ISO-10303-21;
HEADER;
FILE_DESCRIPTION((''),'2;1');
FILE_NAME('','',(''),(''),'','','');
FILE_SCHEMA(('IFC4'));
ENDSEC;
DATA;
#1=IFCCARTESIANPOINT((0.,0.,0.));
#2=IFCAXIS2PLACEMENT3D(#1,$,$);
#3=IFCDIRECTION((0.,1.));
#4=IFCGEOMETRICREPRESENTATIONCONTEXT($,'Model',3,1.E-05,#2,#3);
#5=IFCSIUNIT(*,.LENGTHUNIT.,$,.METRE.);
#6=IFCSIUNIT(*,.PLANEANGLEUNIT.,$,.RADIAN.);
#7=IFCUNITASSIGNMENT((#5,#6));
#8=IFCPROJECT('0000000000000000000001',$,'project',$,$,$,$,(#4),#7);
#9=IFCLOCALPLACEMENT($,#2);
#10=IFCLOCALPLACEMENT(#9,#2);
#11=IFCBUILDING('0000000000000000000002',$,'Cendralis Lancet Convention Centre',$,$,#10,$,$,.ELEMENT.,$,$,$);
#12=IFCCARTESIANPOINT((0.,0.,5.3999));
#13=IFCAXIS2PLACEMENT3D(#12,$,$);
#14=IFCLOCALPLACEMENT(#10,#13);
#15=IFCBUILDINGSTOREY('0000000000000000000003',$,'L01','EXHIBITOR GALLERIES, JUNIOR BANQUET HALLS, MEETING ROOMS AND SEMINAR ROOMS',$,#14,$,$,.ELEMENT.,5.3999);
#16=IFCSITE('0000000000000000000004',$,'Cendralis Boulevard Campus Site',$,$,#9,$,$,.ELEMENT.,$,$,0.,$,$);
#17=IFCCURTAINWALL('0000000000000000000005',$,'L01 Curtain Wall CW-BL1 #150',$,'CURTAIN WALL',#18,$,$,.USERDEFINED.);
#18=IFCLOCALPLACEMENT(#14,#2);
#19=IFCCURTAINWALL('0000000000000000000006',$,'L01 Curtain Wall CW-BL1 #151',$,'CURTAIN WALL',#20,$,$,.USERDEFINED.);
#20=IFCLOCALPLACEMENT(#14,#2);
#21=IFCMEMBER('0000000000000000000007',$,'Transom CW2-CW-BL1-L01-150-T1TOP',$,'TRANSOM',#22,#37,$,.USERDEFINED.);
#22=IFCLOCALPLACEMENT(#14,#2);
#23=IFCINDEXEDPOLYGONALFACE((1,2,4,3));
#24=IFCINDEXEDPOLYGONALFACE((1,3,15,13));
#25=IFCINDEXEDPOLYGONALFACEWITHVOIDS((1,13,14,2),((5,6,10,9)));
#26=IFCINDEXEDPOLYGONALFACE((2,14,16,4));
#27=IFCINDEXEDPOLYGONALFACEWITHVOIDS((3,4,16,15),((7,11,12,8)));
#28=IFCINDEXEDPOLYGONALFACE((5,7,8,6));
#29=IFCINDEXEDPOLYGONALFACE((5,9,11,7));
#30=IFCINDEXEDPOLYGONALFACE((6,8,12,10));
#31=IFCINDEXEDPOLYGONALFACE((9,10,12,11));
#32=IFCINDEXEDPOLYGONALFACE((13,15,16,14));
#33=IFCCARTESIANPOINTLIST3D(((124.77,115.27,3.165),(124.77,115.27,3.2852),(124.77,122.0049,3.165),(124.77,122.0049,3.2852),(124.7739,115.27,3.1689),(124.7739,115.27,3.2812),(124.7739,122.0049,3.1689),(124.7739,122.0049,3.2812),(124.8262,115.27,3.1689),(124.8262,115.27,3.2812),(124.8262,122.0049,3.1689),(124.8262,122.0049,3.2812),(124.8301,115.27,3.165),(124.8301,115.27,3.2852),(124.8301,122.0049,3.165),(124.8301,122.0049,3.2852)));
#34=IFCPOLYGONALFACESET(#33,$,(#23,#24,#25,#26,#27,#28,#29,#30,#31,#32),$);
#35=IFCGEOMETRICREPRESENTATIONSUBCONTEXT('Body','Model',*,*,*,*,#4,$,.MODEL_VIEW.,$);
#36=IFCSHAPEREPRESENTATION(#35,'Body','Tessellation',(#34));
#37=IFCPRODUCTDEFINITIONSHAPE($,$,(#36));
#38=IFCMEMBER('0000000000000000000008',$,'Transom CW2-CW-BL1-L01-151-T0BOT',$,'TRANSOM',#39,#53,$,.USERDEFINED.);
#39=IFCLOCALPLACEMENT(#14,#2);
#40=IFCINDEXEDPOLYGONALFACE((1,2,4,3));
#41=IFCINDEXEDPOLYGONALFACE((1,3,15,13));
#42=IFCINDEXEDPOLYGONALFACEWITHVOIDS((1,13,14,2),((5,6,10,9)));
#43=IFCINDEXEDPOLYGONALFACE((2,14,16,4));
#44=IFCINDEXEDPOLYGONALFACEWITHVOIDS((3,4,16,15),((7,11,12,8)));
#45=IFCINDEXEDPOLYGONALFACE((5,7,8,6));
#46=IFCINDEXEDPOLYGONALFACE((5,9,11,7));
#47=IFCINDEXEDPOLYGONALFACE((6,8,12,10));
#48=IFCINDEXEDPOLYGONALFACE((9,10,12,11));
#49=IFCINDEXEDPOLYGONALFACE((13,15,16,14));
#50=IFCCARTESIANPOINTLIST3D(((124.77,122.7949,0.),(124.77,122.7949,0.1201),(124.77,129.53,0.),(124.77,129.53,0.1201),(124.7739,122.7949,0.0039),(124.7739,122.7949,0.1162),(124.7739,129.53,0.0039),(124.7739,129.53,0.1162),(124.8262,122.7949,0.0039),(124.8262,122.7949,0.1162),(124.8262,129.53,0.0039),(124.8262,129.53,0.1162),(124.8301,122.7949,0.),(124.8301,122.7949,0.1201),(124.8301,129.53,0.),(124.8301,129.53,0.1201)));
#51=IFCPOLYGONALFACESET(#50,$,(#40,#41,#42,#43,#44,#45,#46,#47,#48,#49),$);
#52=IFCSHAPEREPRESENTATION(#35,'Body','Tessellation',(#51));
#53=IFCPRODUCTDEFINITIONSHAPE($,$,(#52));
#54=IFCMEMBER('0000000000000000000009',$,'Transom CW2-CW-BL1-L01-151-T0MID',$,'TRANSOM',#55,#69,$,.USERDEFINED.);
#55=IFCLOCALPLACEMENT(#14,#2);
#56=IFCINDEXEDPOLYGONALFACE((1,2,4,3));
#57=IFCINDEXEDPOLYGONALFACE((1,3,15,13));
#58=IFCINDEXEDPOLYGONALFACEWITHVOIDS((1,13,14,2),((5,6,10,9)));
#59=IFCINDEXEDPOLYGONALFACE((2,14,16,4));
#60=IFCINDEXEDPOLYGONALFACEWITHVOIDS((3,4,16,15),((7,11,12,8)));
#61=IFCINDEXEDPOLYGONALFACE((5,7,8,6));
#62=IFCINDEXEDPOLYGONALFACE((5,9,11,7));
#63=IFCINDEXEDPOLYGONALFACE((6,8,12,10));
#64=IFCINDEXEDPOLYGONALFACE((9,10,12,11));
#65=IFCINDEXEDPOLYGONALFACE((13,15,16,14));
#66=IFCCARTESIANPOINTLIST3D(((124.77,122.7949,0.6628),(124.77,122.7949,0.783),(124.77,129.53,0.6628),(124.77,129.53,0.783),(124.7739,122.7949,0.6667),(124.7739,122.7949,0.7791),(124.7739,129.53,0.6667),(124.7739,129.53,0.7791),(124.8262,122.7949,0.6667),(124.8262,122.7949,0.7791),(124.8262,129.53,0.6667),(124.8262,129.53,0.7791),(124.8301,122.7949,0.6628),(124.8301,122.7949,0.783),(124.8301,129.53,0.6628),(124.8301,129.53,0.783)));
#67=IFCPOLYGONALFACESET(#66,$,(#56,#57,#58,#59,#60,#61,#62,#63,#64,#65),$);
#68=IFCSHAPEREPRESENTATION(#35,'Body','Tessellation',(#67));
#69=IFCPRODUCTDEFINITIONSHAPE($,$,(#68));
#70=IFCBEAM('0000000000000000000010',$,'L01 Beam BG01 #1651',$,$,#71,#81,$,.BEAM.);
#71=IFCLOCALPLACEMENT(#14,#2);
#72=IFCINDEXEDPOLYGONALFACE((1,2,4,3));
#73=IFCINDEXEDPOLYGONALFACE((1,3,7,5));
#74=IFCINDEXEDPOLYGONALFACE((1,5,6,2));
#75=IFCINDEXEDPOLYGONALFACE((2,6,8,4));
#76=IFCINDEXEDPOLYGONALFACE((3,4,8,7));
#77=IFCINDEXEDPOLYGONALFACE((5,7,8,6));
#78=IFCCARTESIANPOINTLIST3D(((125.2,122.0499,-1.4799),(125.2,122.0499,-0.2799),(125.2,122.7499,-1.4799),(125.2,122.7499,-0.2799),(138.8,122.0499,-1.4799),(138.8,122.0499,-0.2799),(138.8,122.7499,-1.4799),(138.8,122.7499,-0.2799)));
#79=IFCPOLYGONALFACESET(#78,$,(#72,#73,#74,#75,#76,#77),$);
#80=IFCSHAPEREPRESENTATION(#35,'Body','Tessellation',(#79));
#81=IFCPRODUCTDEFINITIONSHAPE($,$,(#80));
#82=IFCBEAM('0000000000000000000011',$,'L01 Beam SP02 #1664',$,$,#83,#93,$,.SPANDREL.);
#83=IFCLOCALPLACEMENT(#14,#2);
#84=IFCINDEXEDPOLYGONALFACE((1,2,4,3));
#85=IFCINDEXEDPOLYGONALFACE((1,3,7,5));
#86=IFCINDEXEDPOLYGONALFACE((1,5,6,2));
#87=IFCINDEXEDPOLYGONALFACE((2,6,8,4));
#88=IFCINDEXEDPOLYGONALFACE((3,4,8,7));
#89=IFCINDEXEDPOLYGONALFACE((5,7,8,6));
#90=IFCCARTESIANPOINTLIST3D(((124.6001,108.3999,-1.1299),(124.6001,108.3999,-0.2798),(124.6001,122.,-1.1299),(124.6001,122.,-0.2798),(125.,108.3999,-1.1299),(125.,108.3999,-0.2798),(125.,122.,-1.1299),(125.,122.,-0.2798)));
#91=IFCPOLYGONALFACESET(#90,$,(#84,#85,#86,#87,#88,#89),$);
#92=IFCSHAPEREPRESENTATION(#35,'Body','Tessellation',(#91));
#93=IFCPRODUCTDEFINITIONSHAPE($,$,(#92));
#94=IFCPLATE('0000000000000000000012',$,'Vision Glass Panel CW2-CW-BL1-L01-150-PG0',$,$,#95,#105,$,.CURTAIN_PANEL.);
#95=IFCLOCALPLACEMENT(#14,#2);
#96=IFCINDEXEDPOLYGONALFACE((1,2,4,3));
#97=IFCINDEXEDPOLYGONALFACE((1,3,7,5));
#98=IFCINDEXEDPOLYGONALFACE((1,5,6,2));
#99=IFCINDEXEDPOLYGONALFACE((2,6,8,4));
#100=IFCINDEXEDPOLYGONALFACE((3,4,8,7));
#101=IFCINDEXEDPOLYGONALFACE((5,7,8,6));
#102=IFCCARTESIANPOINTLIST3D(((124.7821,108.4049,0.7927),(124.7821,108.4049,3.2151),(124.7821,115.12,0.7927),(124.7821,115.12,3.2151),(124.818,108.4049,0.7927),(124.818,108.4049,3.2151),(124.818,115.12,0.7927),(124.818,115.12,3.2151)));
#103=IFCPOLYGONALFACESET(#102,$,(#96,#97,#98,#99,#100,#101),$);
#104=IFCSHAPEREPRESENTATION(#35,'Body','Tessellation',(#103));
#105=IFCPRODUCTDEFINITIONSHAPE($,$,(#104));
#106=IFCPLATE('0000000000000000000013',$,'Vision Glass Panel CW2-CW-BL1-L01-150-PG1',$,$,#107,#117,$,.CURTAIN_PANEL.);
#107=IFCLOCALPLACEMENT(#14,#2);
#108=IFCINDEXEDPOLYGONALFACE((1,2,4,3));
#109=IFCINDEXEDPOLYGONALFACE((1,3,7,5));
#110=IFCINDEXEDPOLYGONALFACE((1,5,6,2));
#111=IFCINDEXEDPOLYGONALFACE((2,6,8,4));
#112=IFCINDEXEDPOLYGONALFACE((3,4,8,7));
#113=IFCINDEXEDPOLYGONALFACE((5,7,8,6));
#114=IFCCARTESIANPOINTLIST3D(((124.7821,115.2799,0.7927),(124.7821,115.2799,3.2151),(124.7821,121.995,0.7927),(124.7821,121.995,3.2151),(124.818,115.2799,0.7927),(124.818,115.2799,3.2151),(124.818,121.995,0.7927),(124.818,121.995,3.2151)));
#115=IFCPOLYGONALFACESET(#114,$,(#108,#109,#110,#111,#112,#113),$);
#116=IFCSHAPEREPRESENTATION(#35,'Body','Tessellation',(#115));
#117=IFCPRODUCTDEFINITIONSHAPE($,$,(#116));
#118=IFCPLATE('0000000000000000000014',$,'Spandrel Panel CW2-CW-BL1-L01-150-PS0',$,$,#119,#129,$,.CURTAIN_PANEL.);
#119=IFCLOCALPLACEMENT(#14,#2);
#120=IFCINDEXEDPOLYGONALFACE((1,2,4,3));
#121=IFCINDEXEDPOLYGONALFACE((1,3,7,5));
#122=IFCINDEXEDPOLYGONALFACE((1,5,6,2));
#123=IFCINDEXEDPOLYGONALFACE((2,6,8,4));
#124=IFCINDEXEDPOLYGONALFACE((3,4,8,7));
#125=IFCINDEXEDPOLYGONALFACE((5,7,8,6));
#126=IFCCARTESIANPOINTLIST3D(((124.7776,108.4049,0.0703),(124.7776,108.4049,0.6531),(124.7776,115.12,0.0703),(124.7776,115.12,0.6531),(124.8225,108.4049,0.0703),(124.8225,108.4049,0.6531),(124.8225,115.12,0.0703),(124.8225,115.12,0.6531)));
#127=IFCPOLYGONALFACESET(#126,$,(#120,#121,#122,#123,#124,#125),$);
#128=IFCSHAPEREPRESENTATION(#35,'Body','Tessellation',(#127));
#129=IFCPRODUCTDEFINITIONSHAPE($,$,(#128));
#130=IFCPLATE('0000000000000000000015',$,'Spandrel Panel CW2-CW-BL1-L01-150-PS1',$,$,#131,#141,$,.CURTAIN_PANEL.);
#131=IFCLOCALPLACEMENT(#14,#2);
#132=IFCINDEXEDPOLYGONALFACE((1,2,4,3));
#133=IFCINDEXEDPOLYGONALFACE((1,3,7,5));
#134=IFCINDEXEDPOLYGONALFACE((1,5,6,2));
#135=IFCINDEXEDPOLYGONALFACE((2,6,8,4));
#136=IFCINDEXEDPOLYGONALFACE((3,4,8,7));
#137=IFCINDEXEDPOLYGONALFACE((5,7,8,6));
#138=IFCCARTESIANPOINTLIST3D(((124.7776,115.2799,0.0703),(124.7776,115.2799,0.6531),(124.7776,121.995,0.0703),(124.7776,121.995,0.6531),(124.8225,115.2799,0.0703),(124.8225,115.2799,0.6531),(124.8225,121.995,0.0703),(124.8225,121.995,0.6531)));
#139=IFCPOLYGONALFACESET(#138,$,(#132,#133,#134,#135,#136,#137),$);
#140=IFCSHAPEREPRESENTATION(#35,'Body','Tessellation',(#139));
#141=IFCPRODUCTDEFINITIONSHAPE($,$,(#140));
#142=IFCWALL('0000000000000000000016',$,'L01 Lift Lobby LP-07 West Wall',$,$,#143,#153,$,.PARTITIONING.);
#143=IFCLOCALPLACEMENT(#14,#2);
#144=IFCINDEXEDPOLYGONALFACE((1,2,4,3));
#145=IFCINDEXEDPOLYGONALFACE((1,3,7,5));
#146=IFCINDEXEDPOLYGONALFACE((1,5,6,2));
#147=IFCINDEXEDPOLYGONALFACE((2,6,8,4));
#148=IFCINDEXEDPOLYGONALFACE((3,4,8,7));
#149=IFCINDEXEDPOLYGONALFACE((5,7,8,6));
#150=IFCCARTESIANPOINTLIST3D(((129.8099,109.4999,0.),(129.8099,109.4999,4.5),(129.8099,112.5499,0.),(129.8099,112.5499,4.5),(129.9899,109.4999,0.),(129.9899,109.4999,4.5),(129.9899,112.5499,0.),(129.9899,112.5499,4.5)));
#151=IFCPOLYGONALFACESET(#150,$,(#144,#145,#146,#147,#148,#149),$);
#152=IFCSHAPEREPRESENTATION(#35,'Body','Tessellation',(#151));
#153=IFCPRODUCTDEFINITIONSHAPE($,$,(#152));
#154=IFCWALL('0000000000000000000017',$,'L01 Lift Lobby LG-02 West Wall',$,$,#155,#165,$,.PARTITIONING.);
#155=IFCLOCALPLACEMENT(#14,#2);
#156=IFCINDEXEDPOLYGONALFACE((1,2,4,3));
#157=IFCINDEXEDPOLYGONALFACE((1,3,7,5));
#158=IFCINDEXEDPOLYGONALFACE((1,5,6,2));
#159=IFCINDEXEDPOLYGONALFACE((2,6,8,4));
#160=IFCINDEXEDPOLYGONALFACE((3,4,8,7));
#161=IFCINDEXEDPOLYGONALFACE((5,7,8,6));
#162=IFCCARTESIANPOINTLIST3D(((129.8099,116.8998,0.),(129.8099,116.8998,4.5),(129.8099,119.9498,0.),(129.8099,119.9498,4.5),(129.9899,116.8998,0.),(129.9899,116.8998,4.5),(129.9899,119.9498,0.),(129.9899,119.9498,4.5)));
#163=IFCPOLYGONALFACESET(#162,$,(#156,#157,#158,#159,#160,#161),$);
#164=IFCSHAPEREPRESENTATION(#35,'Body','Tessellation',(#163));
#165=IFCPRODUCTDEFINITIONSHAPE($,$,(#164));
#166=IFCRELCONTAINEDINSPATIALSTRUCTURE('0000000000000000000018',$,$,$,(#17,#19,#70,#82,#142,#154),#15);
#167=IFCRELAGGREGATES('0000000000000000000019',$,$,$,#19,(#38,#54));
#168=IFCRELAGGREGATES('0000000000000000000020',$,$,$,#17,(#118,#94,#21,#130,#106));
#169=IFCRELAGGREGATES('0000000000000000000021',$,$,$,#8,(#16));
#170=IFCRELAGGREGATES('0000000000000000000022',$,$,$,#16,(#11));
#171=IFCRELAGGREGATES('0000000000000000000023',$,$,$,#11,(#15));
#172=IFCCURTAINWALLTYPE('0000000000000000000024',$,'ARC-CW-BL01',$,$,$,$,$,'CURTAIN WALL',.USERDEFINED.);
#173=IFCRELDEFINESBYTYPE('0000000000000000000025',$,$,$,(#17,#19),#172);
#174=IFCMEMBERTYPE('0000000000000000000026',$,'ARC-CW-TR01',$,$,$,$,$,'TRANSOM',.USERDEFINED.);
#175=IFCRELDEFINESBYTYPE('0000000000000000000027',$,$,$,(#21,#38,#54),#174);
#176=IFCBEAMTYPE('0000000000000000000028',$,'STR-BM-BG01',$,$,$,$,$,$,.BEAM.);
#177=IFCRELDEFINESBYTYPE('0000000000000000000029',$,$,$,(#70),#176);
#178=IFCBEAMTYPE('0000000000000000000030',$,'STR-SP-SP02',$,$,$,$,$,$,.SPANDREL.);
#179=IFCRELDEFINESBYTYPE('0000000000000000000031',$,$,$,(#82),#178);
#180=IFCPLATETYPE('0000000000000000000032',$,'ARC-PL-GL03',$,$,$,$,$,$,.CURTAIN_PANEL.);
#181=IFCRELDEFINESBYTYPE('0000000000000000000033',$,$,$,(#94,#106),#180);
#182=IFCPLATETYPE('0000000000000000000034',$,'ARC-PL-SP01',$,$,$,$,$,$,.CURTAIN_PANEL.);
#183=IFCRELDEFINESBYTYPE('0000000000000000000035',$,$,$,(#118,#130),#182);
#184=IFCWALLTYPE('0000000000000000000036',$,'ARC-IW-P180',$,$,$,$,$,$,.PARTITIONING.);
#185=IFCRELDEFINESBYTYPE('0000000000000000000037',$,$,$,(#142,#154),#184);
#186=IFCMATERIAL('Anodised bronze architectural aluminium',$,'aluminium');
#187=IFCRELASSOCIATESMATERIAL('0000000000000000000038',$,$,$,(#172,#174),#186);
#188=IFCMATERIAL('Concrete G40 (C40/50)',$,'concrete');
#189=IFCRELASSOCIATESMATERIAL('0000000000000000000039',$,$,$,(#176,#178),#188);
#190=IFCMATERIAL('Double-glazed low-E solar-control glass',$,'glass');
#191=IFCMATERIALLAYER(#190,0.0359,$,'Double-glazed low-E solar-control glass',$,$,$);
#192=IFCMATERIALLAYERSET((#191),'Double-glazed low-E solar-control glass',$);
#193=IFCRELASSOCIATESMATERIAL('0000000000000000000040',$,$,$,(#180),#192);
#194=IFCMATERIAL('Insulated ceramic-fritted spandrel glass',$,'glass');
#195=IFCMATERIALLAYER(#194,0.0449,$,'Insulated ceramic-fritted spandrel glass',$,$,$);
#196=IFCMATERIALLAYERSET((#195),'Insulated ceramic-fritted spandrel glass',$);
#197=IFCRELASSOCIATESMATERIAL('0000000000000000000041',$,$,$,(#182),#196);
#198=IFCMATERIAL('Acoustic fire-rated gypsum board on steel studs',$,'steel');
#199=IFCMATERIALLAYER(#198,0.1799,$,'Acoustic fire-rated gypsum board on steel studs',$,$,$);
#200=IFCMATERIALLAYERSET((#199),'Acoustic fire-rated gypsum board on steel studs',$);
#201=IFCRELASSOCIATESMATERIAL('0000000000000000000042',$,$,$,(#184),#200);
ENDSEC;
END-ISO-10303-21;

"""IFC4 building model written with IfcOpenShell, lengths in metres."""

from ifc_helpers import new_model, si_unit, direction, frame, frame_2d, origin, origin_2d, place, context, subcontext, project, spatial, rectangle, hollow_rectangle, extrude, material, layer, layer_set, material_profile, profile_set, type_object, element, aggregate, save


model = new_model("IFC4")

# Units and contexts
model_context = context("Model", 3, precision=1e-05, world=origin(), true_north=direction((0.0, 1.0)))
body_context = subcontext(model_context, "Body", "Model", "MODEL_VIEW")
ifc_project = project(units=[si_unit("LENGTHUNIT", "METRE"), si_unit("PLANEANGLEUNIT", "RADIAN")], contexts=[model_context])

# Site, building, storey
site_placement = place(None, origin())
site = spatial("IfcSite", under=ifc_project, at=site_placement, Name="Cendralis Boulevard Campus Site", CompositionType="ELEMENT", RefElevation=0.0)
building_placement = place(site_placement, origin())
building = spatial("IfcBuilding", under=site, at=building_placement, Name="Cendralis Lancet Convention Centre", CompositionType="ELEMENT")
storey_placement = place(building_placement, frame((0.0, 0.0, 5.3999)))
storey = spatial("IfcBuildingStorey", under=building, at=storey_placement, Name="L01", Description="EXHIBITOR GALLERIES, JUNIOR BANQUET HALLS, MEETING ROOMS AND SEMINAR ROOMS", CompositionType="ELEMENT", Elevation=5.3999)

# Curtain wall
ifc_material_1 = material(Name="Anodised bronze architectural aluminium", Category="aluminium")
curtain_wall_type = type_object("IfcCurtainWallType", Name="ARC-CW-BL01", ElementType="CURTAIN WALL", PredefinedType="USERDEFINED", material=ifc_material_1)
curtain_wall_1_placement = place(storey_placement, origin())
curtain_wall_1 = element("IfcCurtainWall", 1, at=curtain_wall_1_placement, inside=storey, type_object=curtain_wall_type, Name="L01 Curtain Wall CW-BL1 #150", ObjectType="CURTAIN WALL", PredefinedType="USERDEFINED")

# Curtain wall
curtain_wall_2_placement = place(storey_placement, origin())
curtain_wall_2 = element("IfcCurtainWall", 2, at=curtain_wall_2_placement, inside=storey, type_object=curtain_wall_type, Name="L01 Curtain Wall CW-BL1 #151", ObjectType="CURTAIN WALL", PredefinedType="USERDEFINED")

# Members
ifc_material_profile_1 = material_profile(ifc_material_1, hollow_rectangle(XDim=0.0601, YDim=0.1201, WallThickness=0.0039, at=origin_2d()), Name="AL-TRAN 60x120x4.0")
ifc_profile_set_1 = profile_set([ifc_material_profile_1], Name="Anodised bronze architectural aluminium")
member_type_1 = type_object("IfcMemberType", Name="ARC-CW-TR01", ElementType="TRANSOM", PredefinedType="USERDEFINED", material=ifc_profile_set_1)
member_1_placement = place(storey_placement, frame((124.8, 115.27, 3.2251), z_axis=(0.0, 1.0, 0.0), x_axis=(-1.0, 0.0, 0.0)))
member_1 = element("IfcMember", 3, at=member_1_placement, type_object=member_type_1, Name="Transom CW2-CW-BL1-L01-150-T1TOP", ObjectType="TRANSOM", PredefinedType="USERDEFINED", context=body_context, shape_type="SweptSolid", body=[
    extrude(hollow_rectangle(XDim=0.0601, YDim=0.1201, WallThickness=0.0039, at=origin_2d()), origin(), (0.0, 0.0, 1.0), 6.7349),
])
member_2_placement = place(storey_placement, frame((124.8, 122.7949, 0.0601), z_axis=(0.0, 1.0, 0.0), x_axis=(-1.0, 0.0, 0.0)))
member_2 = element("IfcMember", 4, at=member_2_placement, type_object=member_type_1, Name="Transom CW2-CW-BL1-L01-151-T0BOT", ObjectType="TRANSOM", PredefinedType="USERDEFINED", context=body_context, shape_type="SweptSolid", body=[
    extrude(hollow_rectangle(XDim=0.0601, YDim=0.1201, WallThickness=0.0039, at=origin_2d()), origin(), (0.0, 0.0, 1.0), 6.7351),
])
member_3_placement = place(storey_placement, frame((124.8, 122.7949, 0.7229), z_axis=(0.0, 1.0, 0.0), x_axis=(-1.0, 0.0, 0.0)))
member_3 = element("IfcMember", 5, at=member_3_placement, type_object=member_type_1, Name="Transom CW2-CW-BL1-L01-151-T0MID", ObjectType="TRANSOM", PredefinedType="USERDEFINED", context=body_context, shape_type="SweptSolid", body=[
    extrude(hollow_rectangle(XDim=0.0601, YDim=0.1201, WallThickness=0.0039, at=origin_2d()), origin(), (0.0, 0.0, 1.0), 6.7351),
])
aggregate(curtain_wall_2, [member_2, member_3])

# Beams
ifc_material_2 = material(Name="Concrete G40 (C40/50)", Category="concrete")
ifc_material_profile_2 = material_profile(ifc_material_2, rectangle(XDim=0.7, YDim=1.2, at=origin_2d()), Name="RCB 700x1200")
ifc_profile_set_2 = profile_set([ifc_material_profile_2], Name="Concrete G40 (C40/50)")
beam_type_1 = type_object("IfcBeamType", Name="STR-BM-BG01", PredefinedType="BEAM", material=ifc_profile_set_2)
beam_1_placement = place(storey_placement, frame((125.2, 122.3999, -0.8799), z_axis=(1.0, 0.0, 0.0), x_axis=(0.0, 1.0, 0.0)))
element("IfcBeam", 6, at=beam_1_placement, inside=storey, type_object=beam_type_1, Name="L01 Beam BG01 #1651", PredefinedType="BEAM", context=body_context, shape_type="SweptSolid", body=[
    extrude(rectangle(XDim=0.7, YDim=1.2, at=origin_2d()), origin(), (0.0, 0.0, 1.0), 13.6001),
])
ifc_material_profile_3 = material_profile(ifc_material_2, rectangle(XDim=0.3999, YDim=0.8501, at=origin_2d()), Name="RCB 400x850")
ifc_profile_set_3 = profile_set([ifc_material_profile_3], Name="Concrete G40 (C40/50)")
beam_type_2 = type_object("IfcBeamType", Name="STR-SP-SP02", PredefinedType="SPANDREL", material=ifc_profile_set_3)
beam_2_placement = place(storey_placement, frame((124.8, 108.3999, -0.7048), z_axis=(0.0, 1.0, 0.0), x_axis=(-1.0, 0.0, 0.0)))
element("IfcBeam", 7, at=beam_2_placement, inside=storey, type_object=beam_type_2, Name="L01 Beam SP02 #1664", PredefinedType="SPANDREL", context=body_context, shape_type="SweptSolid", body=[
    extrude(rectangle(XDim=0.3999, YDim=0.8501, at=origin_2d()), origin(), (0.0, 0.0, 1.0), 13.6001),
])

# Plates
ifc_material_3 = material(Name="Double-glazed low-E solar-control glass", Category="glass")
ifc_layer_1 = layer(ifc_material_3, 0.0359, Name="Double-glazed low-E solar-control glass")
ifc_layer_set_1 = layer_set([ifc_layer_1], Name="Double-glazed low-E solar-control glass")
plate_type_1 = type_object("IfcPlateType", Name="ARC-PL-GL03", PredefinedType="CURTAIN_PANEL", material=ifc_layer_set_1)
plate_1_placement = place(storey_placement, frame((124.8, 111.7625, 0.7927), z_axis=(0.0, 0.0, 1.0), x_axis=(0.0, 1.0, 0.0)))
plate_1 = element("IfcPlate", 8, at=plate_1_placement, type_object=plate_type_1, Name="Vision Glass Panel CW2-CW-BL1-L01-150-PG0", PredefinedType="CURTAIN_PANEL", context=body_context, shape_type="SweptSolid", body=[
    extrude(rectangle(XDim=6.7151, YDim=0.0359, at=origin_2d()), origin(), (0.0, 0.0, 1.0), 2.4224),
])
plate_2_placement = place(storey_placement, frame((124.8, 118.6375, 0.7927), z_axis=(0.0, 0.0, 1.0), x_axis=(0.0, 1.0, 0.0)))
plate_2 = element("IfcPlate", 9, at=plate_2_placement, type_object=plate_type_1, Name="Vision Glass Panel CW2-CW-BL1-L01-150-PG1", PredefinedType="CURTAIN_PANEL", context=body_context, shape_type="SweptSolid", body=[
    extrude(rectangle(XDim=6.7151, YDim=0.0359, at=origin_2d()), origin(), (0.0, 0.0, 1.0), 2.4224),
])
ifc_material_4 = material(Name="Insulated ceramic-fritted spandrel glass", Category="glass")
ifc_layer_2 = layer(ifc_material_4, 0.0449, Name="Insulated ceramic-fritted spandrel glass")
ifc_layer_set_2 = layer_set([ifc_layer_2], Name="Insulated ceramic-fritted spandrel glass")
plate_type_2 = type_object("IfcPlateType", Name="ARC-PL-SP01", PredefinedType="CURTAIN_PANEL", material=ifc_layer_set_2)
plate_3_placement = place(storey_placement, frame((124.8, 111.7625, 0.0703), z_axis=(0.0, 0.0, 1.0), x_axis=(0.0, 1.0, 0.0)))
plate_3 = element("IfcPlate", 10, at=plate_3_placement, type_object=plate_type_2, Name="Spandrel Panel CW2-CW-BL1-L01-150-PS0", PredefinedType="CURTAIN_PANEL", context=body_context, shape_type="SweptSolid", body=[
    extrude(rectangle(XDim=6.7151, YDim=0.0449, at=origin_2d()), origin(), (0.0, 0.0, 1.0), 0.5828),
])
plate_4_placement = place(storey_placement, frame((124.8, 118.6375, 0.0703), z_axis=(0.0, 0.0, 1.0), x_axis=(0.0, 1.0, 0.0)))
plate_4 = element("IfcPlate", 11, at=plate_4_placement, type_object=plate_type_2, Name="Spandrel Panel CW2-CW-BL1-L01-150-PS1", PredefinedType="CURTAIN_PANEL", context=body_context, shape_type="SweptSolid", body=[
    extrude(rectangle(XDim=6.7151, YDim=0.0449, at=origin_2d()), origin(), (0.0, 0.0, 1.0), 0.5828),
])
aggregate(curtain_wall_1, [plate_3, plate_1, member_1, plate_4, plate_2])

# Shared definitions
ifc_material_5 = material(Name="Acoustic fire-rated gypsum board on steel studs", Category="steel")
ifc_layer_3 = layer(ifc_material_5, 0.1799, Name="Acoustic fire-rated gypsum board on steel studs")
ifc_layer_set_3 = layer_set([ifc_layer_3], Name="Acoustic fire-rated gypsum board on steel studs")
wall_type = type_object("IfcWallType", Name="ARC-IW-P180", PredefinedType="PARTITIONING", material=ifc_layer_set_3)

# Walls
for number, where, z_axis, x_axis, name in (
    (12, (129.8999, 109.5, 0.0), (0.0, 0.0, 1.0), (0.0, 1.0, 0.0), "L01 Lift Lobby LP-07 West Wall"),
    (13, (129.8999, 116.8999, 0.0), (0.0, 0.0, 1.0), (0.0, 1.0, 0.0), "L01 Lift Lobby LG-02 West Wall"),
):
    element("IfcWall", number, at=place(storey_placement, frame(where, z_axis=z_axis, x_axis=x_axis)), inside=storey, type_object=wall_type, Name=name, PredefinedType="PARTITIONING", context=body_context, shape_type="SweptSolid", body=[
        extrude(rectangle(XDim=3.05, YDim=0.1799, at=frame_2d((1.5249, 0.0))), origin(), (0.0, 0.0, 1.0), 4.5),
    ])

save(model, "model.ifc")
